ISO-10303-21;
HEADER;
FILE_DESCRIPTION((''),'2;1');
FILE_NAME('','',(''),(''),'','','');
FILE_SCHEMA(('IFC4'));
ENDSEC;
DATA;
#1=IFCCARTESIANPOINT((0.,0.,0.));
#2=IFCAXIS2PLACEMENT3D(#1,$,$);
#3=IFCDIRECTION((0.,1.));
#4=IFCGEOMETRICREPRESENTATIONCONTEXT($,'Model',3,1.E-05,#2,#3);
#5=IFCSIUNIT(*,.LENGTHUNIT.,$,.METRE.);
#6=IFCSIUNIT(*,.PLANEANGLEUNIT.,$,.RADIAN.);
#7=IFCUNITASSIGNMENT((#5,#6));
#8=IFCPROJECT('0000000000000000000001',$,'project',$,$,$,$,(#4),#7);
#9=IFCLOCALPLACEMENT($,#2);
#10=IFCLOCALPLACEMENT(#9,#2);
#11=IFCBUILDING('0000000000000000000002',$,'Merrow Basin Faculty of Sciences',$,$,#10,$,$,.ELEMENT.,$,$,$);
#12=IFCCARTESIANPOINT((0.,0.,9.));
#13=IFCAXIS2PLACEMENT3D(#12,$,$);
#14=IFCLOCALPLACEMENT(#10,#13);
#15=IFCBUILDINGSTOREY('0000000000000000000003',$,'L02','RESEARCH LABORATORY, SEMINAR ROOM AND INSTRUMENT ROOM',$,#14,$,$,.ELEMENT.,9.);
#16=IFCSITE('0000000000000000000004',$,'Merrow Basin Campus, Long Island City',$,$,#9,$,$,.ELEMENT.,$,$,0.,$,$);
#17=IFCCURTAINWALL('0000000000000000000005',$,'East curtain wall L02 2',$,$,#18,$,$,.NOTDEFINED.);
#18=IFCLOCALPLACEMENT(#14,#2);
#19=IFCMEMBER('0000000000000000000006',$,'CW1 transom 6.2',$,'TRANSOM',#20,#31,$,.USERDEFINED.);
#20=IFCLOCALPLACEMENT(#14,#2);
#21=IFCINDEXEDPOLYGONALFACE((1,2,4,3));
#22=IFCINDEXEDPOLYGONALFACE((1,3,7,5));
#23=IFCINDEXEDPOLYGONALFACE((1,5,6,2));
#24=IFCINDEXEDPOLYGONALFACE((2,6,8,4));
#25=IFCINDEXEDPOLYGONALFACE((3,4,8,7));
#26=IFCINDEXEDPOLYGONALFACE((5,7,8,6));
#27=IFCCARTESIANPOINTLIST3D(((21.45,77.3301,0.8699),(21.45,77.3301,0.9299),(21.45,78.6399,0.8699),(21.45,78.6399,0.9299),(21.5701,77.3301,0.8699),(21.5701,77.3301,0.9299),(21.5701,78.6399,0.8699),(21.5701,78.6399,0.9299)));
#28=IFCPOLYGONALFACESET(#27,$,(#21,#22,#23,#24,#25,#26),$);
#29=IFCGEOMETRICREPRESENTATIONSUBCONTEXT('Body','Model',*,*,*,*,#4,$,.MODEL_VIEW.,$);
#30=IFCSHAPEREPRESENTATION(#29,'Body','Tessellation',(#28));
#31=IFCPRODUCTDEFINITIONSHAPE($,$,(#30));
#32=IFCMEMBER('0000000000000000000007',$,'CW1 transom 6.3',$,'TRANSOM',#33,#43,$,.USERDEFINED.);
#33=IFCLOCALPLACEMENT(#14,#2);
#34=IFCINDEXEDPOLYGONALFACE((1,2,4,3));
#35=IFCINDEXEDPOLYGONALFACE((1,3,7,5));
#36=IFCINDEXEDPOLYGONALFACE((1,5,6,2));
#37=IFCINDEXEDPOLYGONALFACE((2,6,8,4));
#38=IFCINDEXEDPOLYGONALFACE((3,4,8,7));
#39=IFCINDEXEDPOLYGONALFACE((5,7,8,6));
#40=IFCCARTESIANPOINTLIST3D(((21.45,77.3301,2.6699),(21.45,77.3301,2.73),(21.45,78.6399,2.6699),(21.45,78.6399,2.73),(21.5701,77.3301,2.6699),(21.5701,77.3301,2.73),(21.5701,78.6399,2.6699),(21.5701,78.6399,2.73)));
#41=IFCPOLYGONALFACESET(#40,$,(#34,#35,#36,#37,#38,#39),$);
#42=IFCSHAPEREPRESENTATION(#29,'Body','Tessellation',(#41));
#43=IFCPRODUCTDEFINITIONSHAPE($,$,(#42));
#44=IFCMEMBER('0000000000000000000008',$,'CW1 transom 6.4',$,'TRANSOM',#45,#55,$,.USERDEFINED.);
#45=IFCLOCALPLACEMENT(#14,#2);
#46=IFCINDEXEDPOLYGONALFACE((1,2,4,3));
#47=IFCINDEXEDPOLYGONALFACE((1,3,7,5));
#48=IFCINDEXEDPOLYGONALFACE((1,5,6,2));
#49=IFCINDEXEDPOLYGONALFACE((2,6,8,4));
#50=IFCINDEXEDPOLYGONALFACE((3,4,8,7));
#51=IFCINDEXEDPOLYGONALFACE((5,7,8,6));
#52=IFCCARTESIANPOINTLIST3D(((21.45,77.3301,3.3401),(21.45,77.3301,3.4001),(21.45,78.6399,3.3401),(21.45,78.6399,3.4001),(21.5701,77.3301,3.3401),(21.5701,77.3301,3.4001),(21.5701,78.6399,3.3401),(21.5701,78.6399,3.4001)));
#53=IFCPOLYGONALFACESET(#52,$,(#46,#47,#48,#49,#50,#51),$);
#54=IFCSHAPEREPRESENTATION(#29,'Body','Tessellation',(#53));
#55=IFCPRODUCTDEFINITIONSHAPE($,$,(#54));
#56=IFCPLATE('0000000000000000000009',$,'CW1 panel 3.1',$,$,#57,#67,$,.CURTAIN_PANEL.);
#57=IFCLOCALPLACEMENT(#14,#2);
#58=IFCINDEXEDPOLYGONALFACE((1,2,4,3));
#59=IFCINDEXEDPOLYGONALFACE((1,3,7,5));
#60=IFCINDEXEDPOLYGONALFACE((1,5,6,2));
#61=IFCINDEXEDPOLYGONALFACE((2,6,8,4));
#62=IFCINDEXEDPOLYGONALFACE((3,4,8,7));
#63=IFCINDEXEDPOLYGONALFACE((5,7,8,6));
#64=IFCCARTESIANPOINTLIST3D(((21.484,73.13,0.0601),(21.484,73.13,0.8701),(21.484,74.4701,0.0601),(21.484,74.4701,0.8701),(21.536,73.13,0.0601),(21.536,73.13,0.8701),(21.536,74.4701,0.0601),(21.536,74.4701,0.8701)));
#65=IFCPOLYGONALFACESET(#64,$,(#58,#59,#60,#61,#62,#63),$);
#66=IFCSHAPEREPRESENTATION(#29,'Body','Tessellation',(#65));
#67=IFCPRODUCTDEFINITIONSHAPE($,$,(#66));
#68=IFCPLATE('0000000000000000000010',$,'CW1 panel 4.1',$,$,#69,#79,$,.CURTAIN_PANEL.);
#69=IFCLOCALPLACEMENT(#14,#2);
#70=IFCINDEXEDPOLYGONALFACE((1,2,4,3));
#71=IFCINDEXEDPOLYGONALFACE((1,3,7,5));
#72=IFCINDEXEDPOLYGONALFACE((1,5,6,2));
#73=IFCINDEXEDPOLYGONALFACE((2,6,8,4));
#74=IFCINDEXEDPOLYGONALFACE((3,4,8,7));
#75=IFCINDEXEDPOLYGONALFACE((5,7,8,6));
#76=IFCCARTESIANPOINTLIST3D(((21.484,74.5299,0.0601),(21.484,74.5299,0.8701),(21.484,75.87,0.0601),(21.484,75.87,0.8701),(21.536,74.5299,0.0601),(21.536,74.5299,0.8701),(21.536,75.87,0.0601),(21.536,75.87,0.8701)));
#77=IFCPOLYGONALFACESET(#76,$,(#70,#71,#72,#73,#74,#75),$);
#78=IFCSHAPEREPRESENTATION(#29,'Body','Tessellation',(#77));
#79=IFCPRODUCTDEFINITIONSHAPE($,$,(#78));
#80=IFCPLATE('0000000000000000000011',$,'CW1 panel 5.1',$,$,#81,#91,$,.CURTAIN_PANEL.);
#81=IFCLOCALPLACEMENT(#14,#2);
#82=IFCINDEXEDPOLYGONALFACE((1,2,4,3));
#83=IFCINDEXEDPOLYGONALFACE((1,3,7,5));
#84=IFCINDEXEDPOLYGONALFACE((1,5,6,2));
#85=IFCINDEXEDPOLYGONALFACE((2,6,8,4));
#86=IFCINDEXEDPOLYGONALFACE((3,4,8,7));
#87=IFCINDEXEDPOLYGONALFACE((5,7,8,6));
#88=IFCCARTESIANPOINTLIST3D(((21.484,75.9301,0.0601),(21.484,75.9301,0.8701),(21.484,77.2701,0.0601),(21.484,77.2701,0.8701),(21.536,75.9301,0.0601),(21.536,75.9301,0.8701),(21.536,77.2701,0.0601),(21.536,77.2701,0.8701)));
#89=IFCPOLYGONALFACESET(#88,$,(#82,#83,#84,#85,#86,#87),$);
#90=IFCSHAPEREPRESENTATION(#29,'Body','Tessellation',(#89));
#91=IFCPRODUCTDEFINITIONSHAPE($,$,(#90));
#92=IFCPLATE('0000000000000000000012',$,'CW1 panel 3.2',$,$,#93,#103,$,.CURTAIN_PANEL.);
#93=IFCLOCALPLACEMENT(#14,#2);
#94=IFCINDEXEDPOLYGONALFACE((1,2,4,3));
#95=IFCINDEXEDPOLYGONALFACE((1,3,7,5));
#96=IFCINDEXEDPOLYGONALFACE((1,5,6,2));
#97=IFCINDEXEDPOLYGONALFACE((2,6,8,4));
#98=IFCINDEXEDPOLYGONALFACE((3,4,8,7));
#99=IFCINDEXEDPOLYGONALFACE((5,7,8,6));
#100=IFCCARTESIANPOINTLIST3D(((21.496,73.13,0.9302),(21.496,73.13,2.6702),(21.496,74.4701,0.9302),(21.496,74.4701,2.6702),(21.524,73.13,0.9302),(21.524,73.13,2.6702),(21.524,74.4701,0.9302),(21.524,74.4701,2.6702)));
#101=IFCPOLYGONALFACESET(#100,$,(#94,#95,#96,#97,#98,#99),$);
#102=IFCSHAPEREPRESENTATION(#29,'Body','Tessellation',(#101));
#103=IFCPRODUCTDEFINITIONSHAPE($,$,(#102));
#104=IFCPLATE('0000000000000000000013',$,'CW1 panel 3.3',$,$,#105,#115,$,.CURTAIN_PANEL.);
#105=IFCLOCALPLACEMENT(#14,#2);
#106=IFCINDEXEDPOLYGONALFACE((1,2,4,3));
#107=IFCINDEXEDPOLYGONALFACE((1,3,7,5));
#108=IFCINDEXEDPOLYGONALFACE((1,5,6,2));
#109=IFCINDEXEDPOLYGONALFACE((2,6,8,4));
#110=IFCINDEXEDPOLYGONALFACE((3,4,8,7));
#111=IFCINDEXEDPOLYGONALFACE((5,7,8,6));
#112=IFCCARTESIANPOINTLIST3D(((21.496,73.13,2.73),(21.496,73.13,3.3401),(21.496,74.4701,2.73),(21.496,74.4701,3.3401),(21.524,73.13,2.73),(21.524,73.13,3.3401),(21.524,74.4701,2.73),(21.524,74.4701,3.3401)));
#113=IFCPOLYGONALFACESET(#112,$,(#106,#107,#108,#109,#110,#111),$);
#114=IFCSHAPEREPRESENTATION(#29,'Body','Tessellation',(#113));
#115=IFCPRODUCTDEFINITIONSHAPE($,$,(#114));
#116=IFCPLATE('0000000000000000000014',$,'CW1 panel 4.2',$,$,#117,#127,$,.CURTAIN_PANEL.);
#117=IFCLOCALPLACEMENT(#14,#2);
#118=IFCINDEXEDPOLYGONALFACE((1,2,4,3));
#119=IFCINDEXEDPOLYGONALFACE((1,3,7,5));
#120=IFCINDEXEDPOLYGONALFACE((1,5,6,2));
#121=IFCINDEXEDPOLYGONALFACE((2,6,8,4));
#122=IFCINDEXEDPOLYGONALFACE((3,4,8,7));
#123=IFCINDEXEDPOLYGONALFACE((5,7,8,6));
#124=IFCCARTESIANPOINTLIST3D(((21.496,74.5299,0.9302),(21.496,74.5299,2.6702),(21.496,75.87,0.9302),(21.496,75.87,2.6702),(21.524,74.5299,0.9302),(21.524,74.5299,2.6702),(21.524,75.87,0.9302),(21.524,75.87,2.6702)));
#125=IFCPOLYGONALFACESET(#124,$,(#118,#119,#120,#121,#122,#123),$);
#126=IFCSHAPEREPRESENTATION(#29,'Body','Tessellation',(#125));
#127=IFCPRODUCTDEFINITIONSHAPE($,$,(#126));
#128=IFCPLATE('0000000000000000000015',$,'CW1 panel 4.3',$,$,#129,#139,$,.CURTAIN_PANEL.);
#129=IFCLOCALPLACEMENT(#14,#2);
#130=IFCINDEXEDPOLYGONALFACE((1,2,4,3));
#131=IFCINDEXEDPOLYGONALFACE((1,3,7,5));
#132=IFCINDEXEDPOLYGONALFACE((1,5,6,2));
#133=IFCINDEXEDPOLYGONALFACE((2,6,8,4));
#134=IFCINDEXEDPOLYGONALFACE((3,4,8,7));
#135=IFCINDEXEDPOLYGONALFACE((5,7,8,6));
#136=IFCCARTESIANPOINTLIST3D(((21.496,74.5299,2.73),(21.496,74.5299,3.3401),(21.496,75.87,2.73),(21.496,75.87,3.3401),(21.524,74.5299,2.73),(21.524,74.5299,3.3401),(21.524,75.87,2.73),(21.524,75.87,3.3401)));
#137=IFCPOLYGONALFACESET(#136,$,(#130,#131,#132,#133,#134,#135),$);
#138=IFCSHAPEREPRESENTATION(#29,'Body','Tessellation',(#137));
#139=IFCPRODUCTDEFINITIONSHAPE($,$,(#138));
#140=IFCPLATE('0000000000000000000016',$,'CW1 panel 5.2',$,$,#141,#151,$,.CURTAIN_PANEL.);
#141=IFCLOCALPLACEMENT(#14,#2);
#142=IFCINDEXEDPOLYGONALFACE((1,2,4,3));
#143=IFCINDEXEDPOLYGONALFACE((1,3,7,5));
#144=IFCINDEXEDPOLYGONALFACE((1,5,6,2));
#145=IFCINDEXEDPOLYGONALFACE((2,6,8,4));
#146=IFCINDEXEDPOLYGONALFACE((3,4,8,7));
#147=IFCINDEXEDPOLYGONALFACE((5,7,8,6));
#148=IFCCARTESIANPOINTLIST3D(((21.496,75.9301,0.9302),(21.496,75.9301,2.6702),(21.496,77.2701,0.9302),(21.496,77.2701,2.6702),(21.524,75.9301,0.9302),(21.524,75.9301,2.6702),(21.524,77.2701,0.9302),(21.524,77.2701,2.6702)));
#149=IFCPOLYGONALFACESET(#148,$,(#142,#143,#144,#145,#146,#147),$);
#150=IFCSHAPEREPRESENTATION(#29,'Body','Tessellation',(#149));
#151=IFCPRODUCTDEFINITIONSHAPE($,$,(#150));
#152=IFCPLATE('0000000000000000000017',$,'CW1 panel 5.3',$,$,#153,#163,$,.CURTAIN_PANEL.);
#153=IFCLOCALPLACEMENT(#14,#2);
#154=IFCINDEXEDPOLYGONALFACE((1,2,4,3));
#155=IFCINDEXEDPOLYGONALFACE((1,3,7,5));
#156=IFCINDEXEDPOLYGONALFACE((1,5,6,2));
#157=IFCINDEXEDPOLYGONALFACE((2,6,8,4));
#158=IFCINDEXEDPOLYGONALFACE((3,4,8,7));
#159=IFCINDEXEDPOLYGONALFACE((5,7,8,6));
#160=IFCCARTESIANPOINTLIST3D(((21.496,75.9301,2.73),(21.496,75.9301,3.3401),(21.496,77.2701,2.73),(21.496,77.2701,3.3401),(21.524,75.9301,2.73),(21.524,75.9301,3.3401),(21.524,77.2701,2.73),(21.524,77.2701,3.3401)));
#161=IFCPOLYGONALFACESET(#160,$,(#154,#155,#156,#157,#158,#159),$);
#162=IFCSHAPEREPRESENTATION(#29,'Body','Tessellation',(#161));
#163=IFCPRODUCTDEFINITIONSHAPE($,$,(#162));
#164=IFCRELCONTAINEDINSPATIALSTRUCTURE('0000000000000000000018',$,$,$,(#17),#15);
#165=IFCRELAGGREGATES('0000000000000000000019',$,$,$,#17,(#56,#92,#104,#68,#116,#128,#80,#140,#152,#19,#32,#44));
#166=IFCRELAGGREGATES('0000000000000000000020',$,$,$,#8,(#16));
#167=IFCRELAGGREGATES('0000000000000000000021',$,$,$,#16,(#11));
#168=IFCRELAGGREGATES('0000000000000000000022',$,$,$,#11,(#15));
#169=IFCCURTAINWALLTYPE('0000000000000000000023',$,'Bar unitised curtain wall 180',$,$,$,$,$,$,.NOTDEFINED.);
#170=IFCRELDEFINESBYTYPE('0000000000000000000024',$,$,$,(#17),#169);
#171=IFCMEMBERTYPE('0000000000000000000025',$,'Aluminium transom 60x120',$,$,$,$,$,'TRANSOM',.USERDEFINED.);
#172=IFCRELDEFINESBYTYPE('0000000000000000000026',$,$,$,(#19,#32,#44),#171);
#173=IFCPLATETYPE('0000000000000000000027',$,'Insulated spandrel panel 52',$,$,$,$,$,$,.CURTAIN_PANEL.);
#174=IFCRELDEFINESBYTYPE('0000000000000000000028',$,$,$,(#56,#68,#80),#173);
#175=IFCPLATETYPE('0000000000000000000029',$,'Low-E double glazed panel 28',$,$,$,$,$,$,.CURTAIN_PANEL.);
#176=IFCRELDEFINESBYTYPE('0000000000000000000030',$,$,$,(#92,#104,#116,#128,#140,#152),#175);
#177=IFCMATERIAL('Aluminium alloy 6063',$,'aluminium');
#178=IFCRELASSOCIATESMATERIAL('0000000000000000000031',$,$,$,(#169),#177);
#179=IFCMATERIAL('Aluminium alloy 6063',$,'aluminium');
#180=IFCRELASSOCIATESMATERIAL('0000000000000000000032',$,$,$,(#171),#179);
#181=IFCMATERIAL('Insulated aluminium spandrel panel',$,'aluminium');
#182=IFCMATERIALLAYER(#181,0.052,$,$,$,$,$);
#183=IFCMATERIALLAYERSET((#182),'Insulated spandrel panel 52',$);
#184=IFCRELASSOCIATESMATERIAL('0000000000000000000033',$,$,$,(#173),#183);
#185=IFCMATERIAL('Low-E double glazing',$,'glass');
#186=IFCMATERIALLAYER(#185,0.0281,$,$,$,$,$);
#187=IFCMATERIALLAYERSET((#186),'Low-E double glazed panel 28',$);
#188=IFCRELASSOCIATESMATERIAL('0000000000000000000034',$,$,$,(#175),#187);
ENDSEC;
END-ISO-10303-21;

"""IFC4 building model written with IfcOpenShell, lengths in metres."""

from ifc_helpers import new_model, si_unit, direction, frame, origin, origin_2d, place, context, subcontext, project, spatial, rectangle, extrude, material, layer, layer_set, material_profile, profile_set, type_object, element, aggregate, save


model = new_model("IFC4")

# Units and contexts
model_context = context("Model", 3, precision=1e-05, world=origin(), true_north=direction((0.0, 1.0)))
body_context = subcontext(model_context, "Body", "Model", "MODEL_VIEW")
ifc_project = project(units=[si_unit("LENGTHUNIT", "METRE"), si_unit("PLANEANGLEUNIT", "RADIAN")], contexts=[model_context])

# Site, building, storey
site_placement = place(None, origin())
site = spatial("IfcSite", under=ifc_project, at=site_placement, Name="Merrow Basin Campus, Long Island City", CompositionType="ELEMENT", RefElevation=0.0)
building_placement = place(site_placement, origin())
building = spatial("IfcBuilding", under=site, at=building_placement, Name="Merrow Basin Faculty of Sciences", CompositionType="ELEMENT")
storey_placement = place(building_placement, frame((0.0, 0.0, 9.0)))
storey = spatial("IfcBuildingStorey", under=building, at=storey_placement, Name="L02", Description="RESEARCH LABORATORY, SEMINAR ROOM AND INSTRUMENT ROOM", CompositionType="ELEMENT", Elevation=9.0)

# Curtain wall, members, plates
ifc_material_1 = material(Name="Aluminium alloy 6063", Category="aluminium")
curtain_wall_type = type_object("IfcCurtainWallType", Name="Bar unitised curtain wall 180", PredefinedType="NOTDEFINED", material=ifc_material_1)
curtain_wall_placement = place(storey_placement, origin())
curtain_wall = element("IfcCurtainWall", 1, at=curtain_wall_placement, inside=storey, type_object=curtain_wall_type, Name="East curtain wall L02 2", PredefinedType="NOTDEFINED")
ifc_material_2 = material(Name="Aluminium alloy 6063", Category="aluminium")
ifc_material_profile_1 = material_profile(ifc_material_2, rectangle(XDim=0.1201, YDim=0.0601, at=origin_2d()))
ifc_profile_set_1 = profile_set([ifc_material_profile_1], Name="Aluminium alloy 6063")
member_type_1 = type_object("IfcMemberType", Name="Aluminium transom 60x120", ElementType="TRANSOM", PredefinedType="USERDEFINED", material=ifc_profile_set_1)
member_1_placement = place(storey_placement, frame((21.51, 77.3301, 0.8999), z_axis=(0.0, 1.0, 0.0), x_axis=(-1.0, 0.0, 0.0)))
member_1 = element("IfcMember", 2, at=member_1_placement, type_object=member_type_1, Name="CW1 transom 6.2", ObjectType="TRANSOM", PredefinedType="USERDEFINED", context=body_context, shape_type="SweptSolid", body=[
    extrude(rectangle(XDim=0.1201, YDim=0.0601, at=origin_2d()), origin(), (0.0, 0.0, 1.0), 1.3098),
])
member_2_placement = place(storey_placement, frame((21.51, 77.3301, 2.7), z_axis=(0.0, 1.0, 0.0), x_axis=(-1.0, 0.0, 0.0)))
member_2 = element("IfcMember", 3, at=member_2_placement, type_object=member_type_1, Name="CW1 transom 6.3", ObjectType="TRANSOM", PredefinedType="USERDEFINED", context=body_context, shape_type="SweptSolid", body=[
    extrude(rectangle(XDim=0.1201, YDim=0.0601, at=origin_2d()), origin(), (0.0, 0.0, 1.0), 1.3098),
])
member_3_placement = place(storey_placement, frame((21.51, 77.3301, 3.3701), z_axis=(0.0, 1.0, 0.0), x_axis=(-1.0, 0.0, 0.0)))
member_3 = element("IfcMember", 4, at=member_3_placement, type_object=member_type_1, Name="CW1 transom 6.4", ObjectType="TRANSOM", PredefinedType="USERDEFINED", context=body_context, shape_type="SweptSolid", body=[
    extrude(rectangle(XDim=0.1201, YDim=0.0601, at=origin_2d()), origin(), (0.0, 0.0, 1.0), 1.3098),
])
ifc_material_3 = material(Name="Insulated aluminium spandrel panel", Category="aluminium")
ifc_layer_1 = layer(ifc_material_3, 0.052)
ifc_layer_set_1 = layer_set([ifc_layer_1], Name="Insulated spandrel panel 52")
plate_type_1 = type_object("IfcPlateType", Name="Insulated spandrel panel 52", PredefinedType="CURTAIN_PANEL", material=ifc_layer_set_1)
plate_1_placement = place(storey_placement, frame((21.51, 73.8, 0.0601), z_axis=(0.0, 0.0, 1.0), x_axis=(0.0, 1.0, 0.0)))
plate_1 = element("IfcPlate", 5, at=plate_1_placement, type_object=plate_type_1, Name="CW1 panel 3.1", PredefinedType="CURTAIN_PANEL", context=body_context, shape_type="SweptSolid", body=[
    extrude(rectangle(XDim=1.3401, YDim=0.052, at=origin_2d()), origin(), (0.0, 0.0, 1.0), 0.8101),
])
plate_2_placement = place(storey_placement, frame((21.51, 75.2, 0.0601), z_axis=(0.0, 0.0, 1.0), x_axis=(0.0, 1.0, 0.0)))
plate_2 = element("IfcPlate", 6, at=plate_2_placement, type_object=plate_type_1, Name="CW1 panel 4.1", PredefinedType="CURTAIN_PANEL", context=body_context, shape_type="SweptSolid", body=[
    extrude(rectangle(XDim=1.3401, YDim=0.052, at=origin_2d()), origin(), (0.0, 0.0, 1.0), 0.8101),
])
plate_3_placement = place(storey_placement, frame((21.51, 76.6001, 0.0601), z_axis=(0.0, 0.0, 1.0), x_axis=(0.0, 1.0, 0.0)))
plate_3 = element("IfcPlate", 7, at=plate_3_placement, type_object=plate_type_1, Name="CW1 panel 5.1", PredefinedType="CURTAIN_PANEL", context=body_context, shape_type="SweptSolid", body=[
    extrude(rectangle(XDim=1.3401, YDim=0.052, at=origin_2d()), origin(), (0.0, 0.0, 1.0), 0.8101),
])
ifc_material_4 = material(Name="Low-E double glazing", Category="glass")
ifc_layer_2 = layer(ifc_material_4, 0.0281)
ifc_layer_set_2 = layer_set([ifc_layer_2], Name="Low-E double glazed panel 28")
plate_type_2 = type_object("IfcPlateType", Name="Low-E double glazed panel 28", PredefinedType="CURTAIN_PANEL", material=ifc_layer_set_2)
plate_4_placement = place(storey_placement, frame((21.51, 73.8, 0.9302), z_axis=(0.0, 0.0, 1.0), x_axis=(0.0, 1.0, 0.0)))
plate_4 = element("IfcPlate", 8, at=plate_4_placement, type_object=plate_type_2, Name="CW1 panel 3.2", PredefinedType="CURTAIN_PANEL", context=body_context, shape_type="SweptSolid", body=[
    extrude(rectangle(XDim=1.3401, YDim=0.0281, at=origin_2d()), origin(), (0.0, 0.0, 1.0), 1.74),
])
plate_5_placement = place(storey_placement, frame((21.51, 73.8, 2.73), z_axis=(0.0, 0.0, 1.0), x_axis=(0.0, 1.0, 0.0)))
plate_5 = element("IfcPlate", 9, at=plate_5_placement, type_object=plate_type_2, Name="CW1 panel 3.3", PredefinedType="CURTAIN_PANEL", context=body_context, shape_type="SweptSolid", body=[
    extrude(rectangle(XDim=1.3401, YDim=0.0281, at=origin_2d()), origin(), (0.0, 0.0, 1.0), 0.6101),
])
plate_6_placement = place(storey_placement, frame((21.51, 75.2, 0.9302), z_axis=(0.0, 0.0, 1.0), x_axis=(0.0, 1.0, 0.0)))
plate_6 = element("IfcPlate", 10, at=plate_6_placement, type_object=plate_type_2, Name="CW1 panel 4.2", PredefinedType="CURTAIN_PANEL", context=body_context, shape_type="SweptSolid", body=[
    extrude(rectangle(XDim=1.3401, YDim=0.0281, at=origin_2d()), origin(), (0.0, 0.0, 1.0), 1.74),
])
plate_7_placement = place(storey_placement, frame((21.51, 75.2, 2.73), z_axis=(0.0, 0.0, 1.0), x_axis=(0.0, 1.0, 0.0)))
plate_7 = element("IfcPlate", 11, at=plate_7_placement, type_object=plate_type_2, Name="CW1 panel 4.3", PredefinedType="CURTAIN_PANEL", context=body_context, shape_type="SweptSolid", body=[
    extrude(rectangle(XDim=1.3401, YDim=0.0281, at=origin_2d()), origin(), (0.0, 0.0, 1.0), 0.6101),
])
plate_8_placement = place(storey_placement, frame((21.51, 76.6001, 0.9302), z_axis=(0.0, 0.0, 1.0), x_axis=(0.0, 1.0, 0.0)))
plate_8 = element("IfcPlate", 12, at=plate_8_placement, type_object=plate_type_2, Name="CW1 panel 5.2", PredefinedType="CURTAIN_PANEL", context=body_context, shape_type="SweptSolid", body=[
    extrude(rectangle(XDim=1.3401, YDim=0.0281, at=origin_2d()), origin(), (0.0, 0.0, 1.0), 1.74),
])
plate_9_placement = place(storey_placement, frame((21.51, 76.6001, 2.73), z_axis=(0.0, 0.0, 1.0), x_axis=(0.0, 1.0, 0.0)))
plate_9 = element("IfcPlate", 13, at=plate_9_placement, type_object=plate_type_2, Name="CW1 panel 5.3", PredefinedType="CURTAIN_PANEL", context=body_context, shape_type="SweptSolid", body=[
    extrude(rectangle(XDim=1.3401, YDim=0.0281, at=origin_2d()), origin(), (0.0, 0.0, 1.0), 0.6101),
])
aggregate(curtain_wall, [plate_1, plate_4, plate_5, plate_2, plate_6, plate_7, plate_3, plate_8, plate_9, member_1, member_2, member_3])

save(model, "model.ifc")
